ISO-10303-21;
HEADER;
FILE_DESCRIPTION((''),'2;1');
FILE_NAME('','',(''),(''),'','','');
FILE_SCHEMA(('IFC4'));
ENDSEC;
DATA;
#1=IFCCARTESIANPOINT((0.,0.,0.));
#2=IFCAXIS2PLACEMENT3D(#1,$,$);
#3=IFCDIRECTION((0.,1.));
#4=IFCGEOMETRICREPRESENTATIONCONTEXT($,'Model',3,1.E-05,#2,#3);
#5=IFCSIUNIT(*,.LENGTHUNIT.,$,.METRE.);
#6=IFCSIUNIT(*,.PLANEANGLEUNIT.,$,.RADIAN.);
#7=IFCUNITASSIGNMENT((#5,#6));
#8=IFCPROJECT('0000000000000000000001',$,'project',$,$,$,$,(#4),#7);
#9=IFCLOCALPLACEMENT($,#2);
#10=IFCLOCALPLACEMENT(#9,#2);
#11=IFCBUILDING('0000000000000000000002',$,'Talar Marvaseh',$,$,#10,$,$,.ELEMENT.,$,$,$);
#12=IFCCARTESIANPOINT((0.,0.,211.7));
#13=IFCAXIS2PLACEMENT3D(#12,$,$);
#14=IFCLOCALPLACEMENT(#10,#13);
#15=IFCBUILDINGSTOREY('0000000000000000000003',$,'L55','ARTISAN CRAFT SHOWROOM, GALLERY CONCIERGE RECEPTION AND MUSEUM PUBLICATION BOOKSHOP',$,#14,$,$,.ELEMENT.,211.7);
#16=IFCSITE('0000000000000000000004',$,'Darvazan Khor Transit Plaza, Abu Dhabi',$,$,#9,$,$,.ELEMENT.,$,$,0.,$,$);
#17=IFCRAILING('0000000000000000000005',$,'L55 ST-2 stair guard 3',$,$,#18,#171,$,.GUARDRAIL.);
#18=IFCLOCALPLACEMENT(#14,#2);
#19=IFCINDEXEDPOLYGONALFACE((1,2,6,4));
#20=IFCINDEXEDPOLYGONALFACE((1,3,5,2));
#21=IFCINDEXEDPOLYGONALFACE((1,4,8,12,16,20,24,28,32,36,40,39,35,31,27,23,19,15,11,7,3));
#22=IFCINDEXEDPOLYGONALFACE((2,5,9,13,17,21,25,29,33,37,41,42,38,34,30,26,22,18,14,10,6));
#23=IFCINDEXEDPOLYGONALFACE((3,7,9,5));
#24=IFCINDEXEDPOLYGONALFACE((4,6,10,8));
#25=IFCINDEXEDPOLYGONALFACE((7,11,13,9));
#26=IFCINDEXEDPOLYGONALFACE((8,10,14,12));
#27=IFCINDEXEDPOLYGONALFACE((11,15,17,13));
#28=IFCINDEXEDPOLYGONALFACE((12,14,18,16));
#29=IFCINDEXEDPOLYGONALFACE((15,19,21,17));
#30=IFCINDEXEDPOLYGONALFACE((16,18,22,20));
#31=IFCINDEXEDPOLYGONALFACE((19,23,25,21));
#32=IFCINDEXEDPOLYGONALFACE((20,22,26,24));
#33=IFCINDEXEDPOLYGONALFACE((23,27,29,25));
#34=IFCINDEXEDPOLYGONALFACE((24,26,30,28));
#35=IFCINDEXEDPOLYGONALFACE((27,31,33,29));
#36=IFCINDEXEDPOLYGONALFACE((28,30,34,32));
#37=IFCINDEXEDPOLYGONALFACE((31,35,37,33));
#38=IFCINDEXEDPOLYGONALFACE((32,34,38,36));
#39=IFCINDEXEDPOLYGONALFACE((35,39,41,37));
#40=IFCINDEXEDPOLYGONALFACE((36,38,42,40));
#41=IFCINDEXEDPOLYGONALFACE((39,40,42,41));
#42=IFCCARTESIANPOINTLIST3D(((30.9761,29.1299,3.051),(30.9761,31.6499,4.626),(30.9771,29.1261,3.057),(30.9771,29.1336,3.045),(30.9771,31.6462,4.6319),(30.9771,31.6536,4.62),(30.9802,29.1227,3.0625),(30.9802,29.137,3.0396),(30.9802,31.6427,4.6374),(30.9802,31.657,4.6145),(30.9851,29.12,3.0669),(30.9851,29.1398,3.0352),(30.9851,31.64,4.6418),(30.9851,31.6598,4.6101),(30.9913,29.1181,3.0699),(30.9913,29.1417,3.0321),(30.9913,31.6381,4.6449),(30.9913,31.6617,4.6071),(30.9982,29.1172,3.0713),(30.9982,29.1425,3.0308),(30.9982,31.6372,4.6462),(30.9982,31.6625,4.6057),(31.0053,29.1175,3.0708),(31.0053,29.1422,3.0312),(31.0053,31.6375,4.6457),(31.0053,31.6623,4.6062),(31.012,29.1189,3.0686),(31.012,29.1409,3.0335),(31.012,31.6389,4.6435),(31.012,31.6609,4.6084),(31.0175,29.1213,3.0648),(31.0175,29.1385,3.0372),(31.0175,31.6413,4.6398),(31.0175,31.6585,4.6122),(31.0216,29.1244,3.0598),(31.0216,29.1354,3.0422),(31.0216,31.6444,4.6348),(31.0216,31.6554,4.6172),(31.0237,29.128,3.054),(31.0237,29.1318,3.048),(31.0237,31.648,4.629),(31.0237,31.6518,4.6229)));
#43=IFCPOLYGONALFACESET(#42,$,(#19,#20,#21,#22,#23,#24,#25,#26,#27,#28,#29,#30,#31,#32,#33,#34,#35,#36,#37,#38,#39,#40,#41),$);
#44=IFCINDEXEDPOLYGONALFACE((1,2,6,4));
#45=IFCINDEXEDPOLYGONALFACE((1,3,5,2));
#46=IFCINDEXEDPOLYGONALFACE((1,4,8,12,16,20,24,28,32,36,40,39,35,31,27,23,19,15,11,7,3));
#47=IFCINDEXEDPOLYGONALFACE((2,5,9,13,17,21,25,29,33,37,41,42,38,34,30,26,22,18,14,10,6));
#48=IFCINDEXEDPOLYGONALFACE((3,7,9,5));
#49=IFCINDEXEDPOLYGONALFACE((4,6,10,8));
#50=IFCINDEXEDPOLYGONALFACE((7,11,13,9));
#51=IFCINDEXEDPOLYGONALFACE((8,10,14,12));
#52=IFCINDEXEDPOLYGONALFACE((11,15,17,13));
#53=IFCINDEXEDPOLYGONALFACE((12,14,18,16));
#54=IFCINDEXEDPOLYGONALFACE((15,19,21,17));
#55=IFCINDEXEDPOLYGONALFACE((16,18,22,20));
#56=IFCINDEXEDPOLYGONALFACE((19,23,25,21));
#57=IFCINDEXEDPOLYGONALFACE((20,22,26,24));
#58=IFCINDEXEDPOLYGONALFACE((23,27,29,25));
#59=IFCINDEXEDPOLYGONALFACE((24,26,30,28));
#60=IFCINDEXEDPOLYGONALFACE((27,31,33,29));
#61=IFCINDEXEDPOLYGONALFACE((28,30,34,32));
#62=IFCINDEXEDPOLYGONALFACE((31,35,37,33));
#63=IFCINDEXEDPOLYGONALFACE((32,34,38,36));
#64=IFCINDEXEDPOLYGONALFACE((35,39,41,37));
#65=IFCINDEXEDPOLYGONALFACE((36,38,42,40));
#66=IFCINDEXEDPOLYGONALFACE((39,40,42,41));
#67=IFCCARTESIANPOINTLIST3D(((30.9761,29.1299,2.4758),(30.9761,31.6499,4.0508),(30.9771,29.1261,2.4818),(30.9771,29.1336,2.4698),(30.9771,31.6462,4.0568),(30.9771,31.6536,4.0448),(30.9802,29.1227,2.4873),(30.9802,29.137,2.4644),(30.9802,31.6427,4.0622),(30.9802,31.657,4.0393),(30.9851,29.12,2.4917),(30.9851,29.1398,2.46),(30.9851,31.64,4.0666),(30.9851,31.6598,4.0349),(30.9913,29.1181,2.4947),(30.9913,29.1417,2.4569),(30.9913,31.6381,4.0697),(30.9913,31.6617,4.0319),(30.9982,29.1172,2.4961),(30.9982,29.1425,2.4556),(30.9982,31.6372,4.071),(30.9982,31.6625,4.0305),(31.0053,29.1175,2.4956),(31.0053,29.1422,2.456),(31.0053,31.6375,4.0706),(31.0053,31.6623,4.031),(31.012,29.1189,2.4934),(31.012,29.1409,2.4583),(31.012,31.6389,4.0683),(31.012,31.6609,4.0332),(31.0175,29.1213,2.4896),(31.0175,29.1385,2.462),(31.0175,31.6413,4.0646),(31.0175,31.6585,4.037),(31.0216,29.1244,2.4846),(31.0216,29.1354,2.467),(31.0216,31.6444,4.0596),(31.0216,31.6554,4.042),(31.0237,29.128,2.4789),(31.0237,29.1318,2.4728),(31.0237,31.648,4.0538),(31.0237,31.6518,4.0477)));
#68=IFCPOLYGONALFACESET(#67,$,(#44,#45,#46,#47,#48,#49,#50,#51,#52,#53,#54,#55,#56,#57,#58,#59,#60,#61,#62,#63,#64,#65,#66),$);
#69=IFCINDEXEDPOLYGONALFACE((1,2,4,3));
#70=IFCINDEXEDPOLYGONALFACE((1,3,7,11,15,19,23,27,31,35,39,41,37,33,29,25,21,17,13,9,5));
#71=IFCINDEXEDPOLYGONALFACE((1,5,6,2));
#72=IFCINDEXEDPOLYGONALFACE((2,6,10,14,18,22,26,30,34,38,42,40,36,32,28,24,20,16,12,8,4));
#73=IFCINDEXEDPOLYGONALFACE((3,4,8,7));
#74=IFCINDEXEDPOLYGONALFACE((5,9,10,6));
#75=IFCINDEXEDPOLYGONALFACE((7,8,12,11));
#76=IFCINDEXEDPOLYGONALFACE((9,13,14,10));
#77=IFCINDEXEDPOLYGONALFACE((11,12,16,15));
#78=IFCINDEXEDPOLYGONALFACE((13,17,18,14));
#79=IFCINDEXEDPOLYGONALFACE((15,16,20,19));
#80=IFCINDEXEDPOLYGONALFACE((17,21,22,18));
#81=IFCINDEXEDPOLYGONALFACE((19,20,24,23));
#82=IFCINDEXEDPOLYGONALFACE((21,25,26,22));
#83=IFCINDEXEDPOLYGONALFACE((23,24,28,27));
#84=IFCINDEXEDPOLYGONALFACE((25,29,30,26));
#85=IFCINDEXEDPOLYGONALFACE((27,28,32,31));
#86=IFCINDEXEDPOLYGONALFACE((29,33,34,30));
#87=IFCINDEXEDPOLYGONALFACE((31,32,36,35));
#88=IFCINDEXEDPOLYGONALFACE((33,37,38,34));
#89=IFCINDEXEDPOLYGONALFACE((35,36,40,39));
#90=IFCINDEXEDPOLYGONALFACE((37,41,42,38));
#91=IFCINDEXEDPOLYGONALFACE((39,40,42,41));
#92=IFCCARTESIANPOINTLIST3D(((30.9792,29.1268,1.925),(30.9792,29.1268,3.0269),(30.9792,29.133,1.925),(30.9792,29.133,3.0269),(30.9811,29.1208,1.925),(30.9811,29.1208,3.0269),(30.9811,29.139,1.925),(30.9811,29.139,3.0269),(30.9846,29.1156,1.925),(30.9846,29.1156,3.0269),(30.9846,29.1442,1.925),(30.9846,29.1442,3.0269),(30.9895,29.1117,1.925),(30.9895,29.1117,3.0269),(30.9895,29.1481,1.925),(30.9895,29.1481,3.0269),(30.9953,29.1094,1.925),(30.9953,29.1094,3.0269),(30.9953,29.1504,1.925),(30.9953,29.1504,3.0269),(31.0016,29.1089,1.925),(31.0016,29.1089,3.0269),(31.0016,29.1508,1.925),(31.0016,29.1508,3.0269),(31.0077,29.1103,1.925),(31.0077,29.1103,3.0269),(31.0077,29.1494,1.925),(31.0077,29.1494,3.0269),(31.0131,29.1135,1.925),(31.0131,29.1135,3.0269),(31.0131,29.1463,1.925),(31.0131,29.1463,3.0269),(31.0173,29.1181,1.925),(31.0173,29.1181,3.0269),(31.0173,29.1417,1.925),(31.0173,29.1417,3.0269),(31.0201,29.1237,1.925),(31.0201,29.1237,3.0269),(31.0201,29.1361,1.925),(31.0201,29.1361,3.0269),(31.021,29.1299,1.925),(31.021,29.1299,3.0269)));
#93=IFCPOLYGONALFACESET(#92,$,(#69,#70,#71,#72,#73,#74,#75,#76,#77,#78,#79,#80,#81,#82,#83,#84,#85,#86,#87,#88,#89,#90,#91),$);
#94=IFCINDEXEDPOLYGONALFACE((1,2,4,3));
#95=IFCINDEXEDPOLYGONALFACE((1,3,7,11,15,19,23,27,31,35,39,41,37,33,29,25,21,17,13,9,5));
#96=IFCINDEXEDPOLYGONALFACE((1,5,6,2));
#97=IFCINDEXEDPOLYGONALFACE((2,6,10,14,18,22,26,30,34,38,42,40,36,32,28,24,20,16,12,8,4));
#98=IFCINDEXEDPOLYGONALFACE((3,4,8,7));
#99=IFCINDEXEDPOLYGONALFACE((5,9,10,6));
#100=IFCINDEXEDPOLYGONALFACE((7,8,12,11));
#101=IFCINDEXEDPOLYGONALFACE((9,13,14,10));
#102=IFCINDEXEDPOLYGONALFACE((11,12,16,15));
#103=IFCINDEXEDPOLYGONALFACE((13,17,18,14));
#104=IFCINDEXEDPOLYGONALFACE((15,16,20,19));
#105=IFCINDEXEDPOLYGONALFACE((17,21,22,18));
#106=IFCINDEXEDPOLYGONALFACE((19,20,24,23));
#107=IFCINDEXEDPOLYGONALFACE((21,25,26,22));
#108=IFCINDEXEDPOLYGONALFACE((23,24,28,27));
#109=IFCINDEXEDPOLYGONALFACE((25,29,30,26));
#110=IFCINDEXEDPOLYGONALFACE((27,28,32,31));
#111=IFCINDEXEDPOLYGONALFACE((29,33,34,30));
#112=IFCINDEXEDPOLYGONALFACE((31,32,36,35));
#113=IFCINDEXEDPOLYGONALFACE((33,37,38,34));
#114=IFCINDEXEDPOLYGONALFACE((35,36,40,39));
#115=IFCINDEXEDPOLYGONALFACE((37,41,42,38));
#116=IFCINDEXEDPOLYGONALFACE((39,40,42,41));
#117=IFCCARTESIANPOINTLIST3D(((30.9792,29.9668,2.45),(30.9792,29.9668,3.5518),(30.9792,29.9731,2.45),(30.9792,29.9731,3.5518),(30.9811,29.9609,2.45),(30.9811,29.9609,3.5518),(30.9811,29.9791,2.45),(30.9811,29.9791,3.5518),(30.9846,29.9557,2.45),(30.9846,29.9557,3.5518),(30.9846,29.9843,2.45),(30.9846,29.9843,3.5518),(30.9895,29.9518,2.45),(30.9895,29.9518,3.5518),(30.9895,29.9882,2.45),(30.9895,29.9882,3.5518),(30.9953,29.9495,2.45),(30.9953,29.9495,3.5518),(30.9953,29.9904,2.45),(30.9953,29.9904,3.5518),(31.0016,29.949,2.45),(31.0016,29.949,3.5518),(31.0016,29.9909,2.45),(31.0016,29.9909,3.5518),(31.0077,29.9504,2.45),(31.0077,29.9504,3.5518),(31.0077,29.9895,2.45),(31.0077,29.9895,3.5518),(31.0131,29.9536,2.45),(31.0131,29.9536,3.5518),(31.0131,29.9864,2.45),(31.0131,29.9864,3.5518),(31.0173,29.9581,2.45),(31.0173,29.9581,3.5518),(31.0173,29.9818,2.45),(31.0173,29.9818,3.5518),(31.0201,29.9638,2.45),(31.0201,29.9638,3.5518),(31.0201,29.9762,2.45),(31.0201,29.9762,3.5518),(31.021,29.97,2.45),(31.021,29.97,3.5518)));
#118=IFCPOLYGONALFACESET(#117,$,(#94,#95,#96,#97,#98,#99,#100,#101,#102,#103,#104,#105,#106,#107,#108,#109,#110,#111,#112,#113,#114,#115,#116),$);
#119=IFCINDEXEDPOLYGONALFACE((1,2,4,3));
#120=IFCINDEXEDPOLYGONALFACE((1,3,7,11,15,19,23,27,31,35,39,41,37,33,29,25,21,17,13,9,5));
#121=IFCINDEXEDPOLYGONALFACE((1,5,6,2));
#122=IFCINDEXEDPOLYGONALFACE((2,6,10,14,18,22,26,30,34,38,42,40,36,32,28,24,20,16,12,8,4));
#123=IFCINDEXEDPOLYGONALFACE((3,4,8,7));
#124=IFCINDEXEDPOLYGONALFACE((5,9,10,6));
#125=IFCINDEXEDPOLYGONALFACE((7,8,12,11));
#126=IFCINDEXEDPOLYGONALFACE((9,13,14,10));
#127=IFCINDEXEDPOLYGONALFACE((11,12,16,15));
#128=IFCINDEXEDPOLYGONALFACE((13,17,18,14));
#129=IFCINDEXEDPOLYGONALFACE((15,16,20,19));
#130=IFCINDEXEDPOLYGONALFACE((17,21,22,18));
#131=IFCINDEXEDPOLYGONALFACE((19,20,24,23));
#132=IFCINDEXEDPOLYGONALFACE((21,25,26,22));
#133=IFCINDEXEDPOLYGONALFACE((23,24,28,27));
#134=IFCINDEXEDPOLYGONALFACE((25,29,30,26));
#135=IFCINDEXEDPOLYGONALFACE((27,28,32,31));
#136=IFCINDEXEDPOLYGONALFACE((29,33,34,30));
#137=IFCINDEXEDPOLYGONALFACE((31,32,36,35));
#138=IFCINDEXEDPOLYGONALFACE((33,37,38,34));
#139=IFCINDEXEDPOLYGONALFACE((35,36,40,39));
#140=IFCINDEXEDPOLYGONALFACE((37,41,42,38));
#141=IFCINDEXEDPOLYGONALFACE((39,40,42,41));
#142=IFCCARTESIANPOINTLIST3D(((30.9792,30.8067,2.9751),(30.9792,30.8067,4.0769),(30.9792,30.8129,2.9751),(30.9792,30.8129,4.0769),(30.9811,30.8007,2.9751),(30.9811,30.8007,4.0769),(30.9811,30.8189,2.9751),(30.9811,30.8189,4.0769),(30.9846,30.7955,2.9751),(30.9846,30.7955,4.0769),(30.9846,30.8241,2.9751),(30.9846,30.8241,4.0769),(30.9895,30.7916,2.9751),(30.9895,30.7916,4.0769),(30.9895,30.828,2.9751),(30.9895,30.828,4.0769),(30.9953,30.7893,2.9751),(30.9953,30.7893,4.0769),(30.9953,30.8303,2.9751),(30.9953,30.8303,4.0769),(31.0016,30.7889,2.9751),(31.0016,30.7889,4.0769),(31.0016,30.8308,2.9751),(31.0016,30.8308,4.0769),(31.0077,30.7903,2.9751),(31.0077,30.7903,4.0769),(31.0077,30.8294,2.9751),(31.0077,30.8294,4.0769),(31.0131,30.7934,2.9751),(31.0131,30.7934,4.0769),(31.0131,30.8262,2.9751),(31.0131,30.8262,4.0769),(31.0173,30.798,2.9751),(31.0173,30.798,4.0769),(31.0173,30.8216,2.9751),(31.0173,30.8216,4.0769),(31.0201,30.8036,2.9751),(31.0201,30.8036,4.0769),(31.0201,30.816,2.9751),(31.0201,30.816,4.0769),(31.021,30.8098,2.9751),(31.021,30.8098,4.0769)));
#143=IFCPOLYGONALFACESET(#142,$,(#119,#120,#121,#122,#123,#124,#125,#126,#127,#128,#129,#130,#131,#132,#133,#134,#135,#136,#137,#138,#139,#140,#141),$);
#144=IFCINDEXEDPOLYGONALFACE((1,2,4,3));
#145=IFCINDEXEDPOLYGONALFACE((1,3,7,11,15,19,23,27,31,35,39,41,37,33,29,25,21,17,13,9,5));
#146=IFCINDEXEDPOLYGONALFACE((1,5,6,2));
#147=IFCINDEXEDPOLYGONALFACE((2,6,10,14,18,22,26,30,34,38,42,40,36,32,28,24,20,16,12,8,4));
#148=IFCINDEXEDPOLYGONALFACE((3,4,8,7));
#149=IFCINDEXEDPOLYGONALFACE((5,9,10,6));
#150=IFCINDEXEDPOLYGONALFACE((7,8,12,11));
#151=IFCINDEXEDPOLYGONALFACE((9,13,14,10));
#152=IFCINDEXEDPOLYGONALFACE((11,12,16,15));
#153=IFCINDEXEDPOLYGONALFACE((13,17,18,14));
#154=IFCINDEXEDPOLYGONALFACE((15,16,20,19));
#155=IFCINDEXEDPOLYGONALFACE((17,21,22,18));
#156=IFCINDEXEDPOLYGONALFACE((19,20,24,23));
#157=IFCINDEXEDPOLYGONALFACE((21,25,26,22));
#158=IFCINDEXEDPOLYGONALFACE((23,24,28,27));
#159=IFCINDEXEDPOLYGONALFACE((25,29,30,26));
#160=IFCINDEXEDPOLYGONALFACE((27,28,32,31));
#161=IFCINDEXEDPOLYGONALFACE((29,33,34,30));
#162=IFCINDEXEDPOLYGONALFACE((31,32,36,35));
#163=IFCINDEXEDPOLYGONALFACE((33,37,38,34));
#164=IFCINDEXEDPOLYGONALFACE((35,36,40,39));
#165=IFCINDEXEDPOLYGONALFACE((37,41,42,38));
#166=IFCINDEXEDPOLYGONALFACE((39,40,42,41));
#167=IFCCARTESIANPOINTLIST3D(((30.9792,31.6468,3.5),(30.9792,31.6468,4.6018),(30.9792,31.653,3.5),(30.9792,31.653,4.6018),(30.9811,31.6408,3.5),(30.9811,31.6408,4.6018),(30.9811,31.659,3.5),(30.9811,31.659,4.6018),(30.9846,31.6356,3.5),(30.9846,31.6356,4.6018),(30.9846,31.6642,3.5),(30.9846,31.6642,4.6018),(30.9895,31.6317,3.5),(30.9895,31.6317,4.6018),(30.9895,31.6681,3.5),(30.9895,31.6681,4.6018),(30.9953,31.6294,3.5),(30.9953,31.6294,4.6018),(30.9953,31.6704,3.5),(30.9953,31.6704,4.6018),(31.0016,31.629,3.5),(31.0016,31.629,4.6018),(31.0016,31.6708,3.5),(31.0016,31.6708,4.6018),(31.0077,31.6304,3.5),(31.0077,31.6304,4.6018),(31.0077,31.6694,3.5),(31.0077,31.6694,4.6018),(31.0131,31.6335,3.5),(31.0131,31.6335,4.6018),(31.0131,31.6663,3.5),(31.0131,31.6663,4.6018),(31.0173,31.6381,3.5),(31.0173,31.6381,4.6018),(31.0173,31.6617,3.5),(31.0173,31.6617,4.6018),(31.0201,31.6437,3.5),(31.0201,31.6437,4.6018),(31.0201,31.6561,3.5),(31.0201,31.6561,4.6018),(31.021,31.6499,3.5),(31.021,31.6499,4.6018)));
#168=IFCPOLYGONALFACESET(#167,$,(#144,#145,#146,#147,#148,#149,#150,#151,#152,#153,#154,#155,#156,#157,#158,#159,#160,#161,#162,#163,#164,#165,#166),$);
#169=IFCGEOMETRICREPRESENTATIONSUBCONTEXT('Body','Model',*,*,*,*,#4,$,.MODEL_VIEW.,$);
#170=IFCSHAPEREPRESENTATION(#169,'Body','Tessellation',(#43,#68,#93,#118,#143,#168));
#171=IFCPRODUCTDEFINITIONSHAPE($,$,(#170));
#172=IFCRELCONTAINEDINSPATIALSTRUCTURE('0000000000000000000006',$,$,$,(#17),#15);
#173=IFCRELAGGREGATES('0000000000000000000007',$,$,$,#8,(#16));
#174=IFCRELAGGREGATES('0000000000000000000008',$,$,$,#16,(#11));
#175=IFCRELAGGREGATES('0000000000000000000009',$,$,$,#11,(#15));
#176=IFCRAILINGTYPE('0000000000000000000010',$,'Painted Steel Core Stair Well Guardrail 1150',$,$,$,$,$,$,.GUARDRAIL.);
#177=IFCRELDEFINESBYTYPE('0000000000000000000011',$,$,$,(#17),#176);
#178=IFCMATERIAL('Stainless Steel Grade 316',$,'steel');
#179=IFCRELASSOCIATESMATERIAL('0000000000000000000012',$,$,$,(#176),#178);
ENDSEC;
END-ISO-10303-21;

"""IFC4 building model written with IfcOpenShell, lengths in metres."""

from ifc_helpers import new_model, si_unit, direction, frame, origin, origin_2d, place, context, subcontext, project, spatial, circle, extrude, material, type_object, element, save


model = new_model("IFC4")

# Units and contexts
model_context = context("Model", 3, precision=1e-05, world=origin(), true_north=direction((0.0, 1.0)))
body_context = subcontext(model_context, "Body", "Model", "MODEL_VIEW")
ifc_project = project(units=[si_unit("LENGTHUNIT", "METRE"), si_unit("PLANEANGLEUNIT", "RADIAN")], contexts=[model_context])

# Site, building, storey
site_placement = place(None, origin())
site = spatial("IfcSite", under=ifc_project, at=site_placement, Name="Darvazan Khor Transit Plaza, Abu Dhabi", CompositionType="ELEMENT", RefElevation=0.0)
building_placement = place(site_placement, origin())
building = spatial("IfcBuilding", under=site, at=building_placement, Name="Talar Marvaseh", CompositionType="ELEMENT")
storey_placement = place(building_placement, frame((0.0, 0.0, 211.7)))
storey = spatial("IfcBuildingStorey", under=building, at=storey_placement, Name="L55", Description="ARTISAN CRAFT SHOWROOM, GALLERY CONCIERGE RECEPTION AND MUSEUM PUBLICATION BOOKSHOP", CompositionType="ELEMENT", Elevation=211.7)

# Shared definitions
ifc_material_1 = material(Name="Stainless Steel Grade 316", Category="steel")

# Railing
railing_type_1 = type_object("IfcRailingType", Name="Painted Steel Core Stair Well Guardrail 1150", PredefinedType="GUARDRAIL", material=ifc_material_1)
railing_1_placement = place(storey_placement, frame((31.0, 29.1299, 1.925)))
element("IfcRailing", 1, at=railing_1_placement, inside=storey, type_object=railing_type_1, Name="L55 ST-2 stair guard 3", PredefinedType="GUARDRAIL", context=body_context, shape_type="SweptSolid", body=[
    extrude(circle(Radius=0.0239, at=origin_2d()), frame((0.0, 0.0, 1.126), z_axis=(0.0, 0.848008, 0.529984), x_axis=(-1.0, 0.0, 0.0)), (0.0, 0.0, 1.0), 2.9717),
    extrude(circle(Radius=0.0239, at=origin_2d()), frame((0.0, 0.0, 0.5508), z_axis=(0.0, 0.848008, 0.529984), x_axis=(-1.0, 0.0, 0.0)), (0.0, 0.0, 1.0), 2.9717),
    extrude(circle(Radius=0.021, at=origin_2d()), origin(), (0.0, 0.0, 1.0), 1.1018),
    extrude(circle(Radius=0.021, at=origin_2d()), frame((0.0, 0.8401, 0.5249)), (0.0, 0.0, 1.0), 1.1018),
    extrude(circle(Radius=0.021, at=origin_2d()), frame((0.0, 1.6799, 1.05)), (0.0, 0.0, 1.0), 1.1018),
    extrude(circle(Radius=0.021, at=origin_2d()), frame((0.0, 2.52, 1.575)), (0.0, 0.0, 1.0), 1.1018),
])

save(model, "model.ifc")
